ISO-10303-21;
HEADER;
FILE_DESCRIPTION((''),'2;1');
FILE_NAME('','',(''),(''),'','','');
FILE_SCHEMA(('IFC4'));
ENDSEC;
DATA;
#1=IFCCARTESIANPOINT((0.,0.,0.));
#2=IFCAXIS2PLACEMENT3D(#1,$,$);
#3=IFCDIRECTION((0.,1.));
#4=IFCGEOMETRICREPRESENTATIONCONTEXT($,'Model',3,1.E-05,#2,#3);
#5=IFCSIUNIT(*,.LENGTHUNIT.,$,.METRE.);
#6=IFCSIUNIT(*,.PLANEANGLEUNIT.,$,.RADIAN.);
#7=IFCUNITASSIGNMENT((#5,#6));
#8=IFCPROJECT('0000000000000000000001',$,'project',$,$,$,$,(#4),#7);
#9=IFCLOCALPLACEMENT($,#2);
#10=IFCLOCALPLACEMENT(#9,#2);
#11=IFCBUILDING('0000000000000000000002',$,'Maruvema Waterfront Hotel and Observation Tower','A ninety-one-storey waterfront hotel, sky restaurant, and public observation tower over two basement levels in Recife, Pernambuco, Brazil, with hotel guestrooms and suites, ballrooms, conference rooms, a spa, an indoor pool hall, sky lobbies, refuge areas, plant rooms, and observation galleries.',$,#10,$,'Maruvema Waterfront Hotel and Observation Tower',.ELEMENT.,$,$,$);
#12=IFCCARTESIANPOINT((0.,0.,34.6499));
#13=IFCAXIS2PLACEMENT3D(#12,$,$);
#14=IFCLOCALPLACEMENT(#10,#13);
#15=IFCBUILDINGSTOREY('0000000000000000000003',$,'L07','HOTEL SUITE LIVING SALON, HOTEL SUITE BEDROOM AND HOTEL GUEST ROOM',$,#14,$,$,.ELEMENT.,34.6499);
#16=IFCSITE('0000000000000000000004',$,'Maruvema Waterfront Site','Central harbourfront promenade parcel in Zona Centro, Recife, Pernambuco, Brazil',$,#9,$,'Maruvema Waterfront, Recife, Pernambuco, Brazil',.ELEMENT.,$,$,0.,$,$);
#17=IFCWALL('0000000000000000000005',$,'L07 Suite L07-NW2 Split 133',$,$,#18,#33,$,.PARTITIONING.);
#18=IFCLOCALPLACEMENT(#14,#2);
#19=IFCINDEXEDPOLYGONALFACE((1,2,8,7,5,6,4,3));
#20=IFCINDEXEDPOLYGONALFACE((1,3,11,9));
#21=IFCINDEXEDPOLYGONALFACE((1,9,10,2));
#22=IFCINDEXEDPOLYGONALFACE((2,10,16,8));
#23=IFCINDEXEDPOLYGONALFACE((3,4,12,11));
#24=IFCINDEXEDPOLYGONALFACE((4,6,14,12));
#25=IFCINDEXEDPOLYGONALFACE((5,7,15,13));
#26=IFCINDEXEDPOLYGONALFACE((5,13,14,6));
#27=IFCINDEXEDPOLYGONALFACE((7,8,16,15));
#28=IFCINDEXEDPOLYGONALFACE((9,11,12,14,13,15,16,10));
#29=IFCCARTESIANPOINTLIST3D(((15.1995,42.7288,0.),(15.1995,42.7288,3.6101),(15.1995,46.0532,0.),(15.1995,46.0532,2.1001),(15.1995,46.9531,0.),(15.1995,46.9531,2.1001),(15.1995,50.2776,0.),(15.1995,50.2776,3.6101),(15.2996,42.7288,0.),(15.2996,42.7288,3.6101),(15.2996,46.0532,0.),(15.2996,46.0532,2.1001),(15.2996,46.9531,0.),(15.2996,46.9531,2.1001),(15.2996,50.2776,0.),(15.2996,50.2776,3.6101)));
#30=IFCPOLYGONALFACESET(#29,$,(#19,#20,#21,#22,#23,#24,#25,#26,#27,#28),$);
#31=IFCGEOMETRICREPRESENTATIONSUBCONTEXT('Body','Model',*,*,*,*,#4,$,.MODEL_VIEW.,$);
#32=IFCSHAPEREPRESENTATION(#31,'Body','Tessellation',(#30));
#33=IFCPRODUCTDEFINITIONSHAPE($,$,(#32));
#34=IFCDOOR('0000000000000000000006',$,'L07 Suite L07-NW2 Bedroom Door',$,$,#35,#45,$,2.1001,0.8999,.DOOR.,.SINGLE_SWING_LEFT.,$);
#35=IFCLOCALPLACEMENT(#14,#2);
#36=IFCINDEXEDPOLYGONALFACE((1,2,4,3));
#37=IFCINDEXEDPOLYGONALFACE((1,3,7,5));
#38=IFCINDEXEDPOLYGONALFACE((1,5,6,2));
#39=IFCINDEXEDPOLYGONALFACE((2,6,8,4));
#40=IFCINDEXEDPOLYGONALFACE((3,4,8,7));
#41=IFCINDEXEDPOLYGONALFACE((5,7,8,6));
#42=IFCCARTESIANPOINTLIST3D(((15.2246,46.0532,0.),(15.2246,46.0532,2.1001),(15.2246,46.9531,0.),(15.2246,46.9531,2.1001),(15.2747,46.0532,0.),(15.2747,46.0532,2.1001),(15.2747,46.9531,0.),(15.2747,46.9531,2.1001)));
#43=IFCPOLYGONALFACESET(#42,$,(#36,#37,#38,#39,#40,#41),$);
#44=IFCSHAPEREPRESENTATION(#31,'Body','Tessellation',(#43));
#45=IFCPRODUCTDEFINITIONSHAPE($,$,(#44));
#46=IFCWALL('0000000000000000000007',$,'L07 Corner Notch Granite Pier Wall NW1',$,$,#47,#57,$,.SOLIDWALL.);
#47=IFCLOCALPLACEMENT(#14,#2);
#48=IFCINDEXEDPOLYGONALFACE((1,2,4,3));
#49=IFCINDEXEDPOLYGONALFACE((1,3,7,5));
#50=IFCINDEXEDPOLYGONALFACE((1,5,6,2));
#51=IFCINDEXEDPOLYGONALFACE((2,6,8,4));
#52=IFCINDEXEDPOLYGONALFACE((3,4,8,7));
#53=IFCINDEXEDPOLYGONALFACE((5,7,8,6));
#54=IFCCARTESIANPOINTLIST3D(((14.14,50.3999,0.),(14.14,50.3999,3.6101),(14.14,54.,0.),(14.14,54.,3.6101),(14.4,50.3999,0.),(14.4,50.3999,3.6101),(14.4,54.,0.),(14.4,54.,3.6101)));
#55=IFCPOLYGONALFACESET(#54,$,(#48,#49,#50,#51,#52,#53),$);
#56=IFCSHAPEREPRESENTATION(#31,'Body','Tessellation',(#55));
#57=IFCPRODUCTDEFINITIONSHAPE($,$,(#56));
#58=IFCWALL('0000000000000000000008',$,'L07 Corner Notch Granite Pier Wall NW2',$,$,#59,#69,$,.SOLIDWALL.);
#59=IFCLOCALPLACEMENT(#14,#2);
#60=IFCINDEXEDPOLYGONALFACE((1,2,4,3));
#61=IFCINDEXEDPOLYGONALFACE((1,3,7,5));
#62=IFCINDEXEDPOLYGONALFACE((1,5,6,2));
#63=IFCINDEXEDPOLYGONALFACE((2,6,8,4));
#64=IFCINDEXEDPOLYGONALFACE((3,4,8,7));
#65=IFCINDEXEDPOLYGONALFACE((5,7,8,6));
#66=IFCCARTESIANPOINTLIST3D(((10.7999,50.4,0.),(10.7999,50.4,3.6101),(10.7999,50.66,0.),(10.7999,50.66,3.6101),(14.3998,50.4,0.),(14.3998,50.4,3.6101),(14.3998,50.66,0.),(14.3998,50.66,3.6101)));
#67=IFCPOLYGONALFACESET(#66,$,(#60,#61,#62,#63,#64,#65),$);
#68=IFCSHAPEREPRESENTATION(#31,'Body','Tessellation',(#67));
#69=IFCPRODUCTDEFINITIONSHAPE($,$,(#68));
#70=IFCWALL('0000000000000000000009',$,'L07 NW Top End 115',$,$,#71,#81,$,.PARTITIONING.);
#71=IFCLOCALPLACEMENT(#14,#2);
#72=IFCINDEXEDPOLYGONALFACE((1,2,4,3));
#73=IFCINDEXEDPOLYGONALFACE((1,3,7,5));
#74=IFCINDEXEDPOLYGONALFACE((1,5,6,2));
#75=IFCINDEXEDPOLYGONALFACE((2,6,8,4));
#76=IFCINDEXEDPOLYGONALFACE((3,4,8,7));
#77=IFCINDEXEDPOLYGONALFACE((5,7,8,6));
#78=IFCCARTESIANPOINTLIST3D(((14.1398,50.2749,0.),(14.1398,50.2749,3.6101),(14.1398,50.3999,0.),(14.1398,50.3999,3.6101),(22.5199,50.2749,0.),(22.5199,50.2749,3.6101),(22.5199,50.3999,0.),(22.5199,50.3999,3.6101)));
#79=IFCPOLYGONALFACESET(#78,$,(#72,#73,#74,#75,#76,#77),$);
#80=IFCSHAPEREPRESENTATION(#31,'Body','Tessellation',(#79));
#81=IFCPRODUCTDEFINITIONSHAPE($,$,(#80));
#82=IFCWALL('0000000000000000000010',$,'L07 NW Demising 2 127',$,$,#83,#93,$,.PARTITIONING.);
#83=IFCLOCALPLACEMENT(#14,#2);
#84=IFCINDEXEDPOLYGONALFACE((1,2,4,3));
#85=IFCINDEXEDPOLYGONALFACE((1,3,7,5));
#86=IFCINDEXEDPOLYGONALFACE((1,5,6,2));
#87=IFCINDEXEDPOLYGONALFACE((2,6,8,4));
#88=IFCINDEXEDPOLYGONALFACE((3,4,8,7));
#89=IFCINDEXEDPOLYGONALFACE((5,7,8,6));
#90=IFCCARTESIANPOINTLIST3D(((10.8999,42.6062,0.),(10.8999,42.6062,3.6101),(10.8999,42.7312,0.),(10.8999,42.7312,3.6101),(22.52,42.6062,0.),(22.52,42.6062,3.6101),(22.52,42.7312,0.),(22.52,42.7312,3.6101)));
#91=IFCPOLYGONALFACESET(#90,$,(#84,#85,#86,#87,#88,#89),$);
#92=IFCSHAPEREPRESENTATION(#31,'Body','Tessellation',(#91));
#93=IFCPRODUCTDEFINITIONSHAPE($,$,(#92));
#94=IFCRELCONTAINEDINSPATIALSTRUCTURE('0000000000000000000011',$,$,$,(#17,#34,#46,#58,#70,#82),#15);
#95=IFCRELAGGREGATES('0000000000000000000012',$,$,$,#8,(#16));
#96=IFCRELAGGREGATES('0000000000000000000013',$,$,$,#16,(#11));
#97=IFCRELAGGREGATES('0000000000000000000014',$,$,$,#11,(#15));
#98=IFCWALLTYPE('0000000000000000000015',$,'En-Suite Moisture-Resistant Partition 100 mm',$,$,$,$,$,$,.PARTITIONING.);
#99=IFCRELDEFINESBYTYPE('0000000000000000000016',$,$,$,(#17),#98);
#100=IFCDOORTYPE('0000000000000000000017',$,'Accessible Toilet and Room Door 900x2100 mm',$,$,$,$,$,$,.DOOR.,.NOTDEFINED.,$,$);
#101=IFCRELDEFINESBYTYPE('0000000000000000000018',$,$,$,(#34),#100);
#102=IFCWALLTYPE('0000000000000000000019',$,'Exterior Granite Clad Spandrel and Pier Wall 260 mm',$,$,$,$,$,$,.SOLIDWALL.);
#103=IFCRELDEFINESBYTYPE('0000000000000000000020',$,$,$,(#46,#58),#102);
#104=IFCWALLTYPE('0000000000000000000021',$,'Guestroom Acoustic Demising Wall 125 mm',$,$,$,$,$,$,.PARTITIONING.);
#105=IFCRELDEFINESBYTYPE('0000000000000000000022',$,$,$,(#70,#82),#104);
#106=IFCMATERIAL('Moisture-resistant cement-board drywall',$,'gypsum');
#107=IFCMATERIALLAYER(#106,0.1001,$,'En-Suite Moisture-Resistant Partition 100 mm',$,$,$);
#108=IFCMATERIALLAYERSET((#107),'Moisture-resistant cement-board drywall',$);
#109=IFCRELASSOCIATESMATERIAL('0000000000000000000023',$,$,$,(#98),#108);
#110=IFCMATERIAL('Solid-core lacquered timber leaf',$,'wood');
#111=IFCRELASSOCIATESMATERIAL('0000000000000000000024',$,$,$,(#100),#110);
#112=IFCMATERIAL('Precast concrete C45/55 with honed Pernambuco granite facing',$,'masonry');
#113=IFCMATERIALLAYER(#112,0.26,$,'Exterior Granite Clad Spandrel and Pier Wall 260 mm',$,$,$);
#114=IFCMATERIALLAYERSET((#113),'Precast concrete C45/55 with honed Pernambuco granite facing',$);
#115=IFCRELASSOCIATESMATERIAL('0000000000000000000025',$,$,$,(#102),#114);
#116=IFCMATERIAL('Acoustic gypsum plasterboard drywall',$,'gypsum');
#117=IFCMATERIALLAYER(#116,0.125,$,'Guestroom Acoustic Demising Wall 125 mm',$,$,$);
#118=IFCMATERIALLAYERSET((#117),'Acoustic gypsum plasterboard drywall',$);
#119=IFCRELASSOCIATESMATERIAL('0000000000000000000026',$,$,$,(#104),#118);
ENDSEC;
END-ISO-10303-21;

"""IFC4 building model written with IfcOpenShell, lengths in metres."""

from ifc_helpers import new_model, si_unit, direction, frame, frame_2d, origin, place, context, subcontext, project, spatial, rectangle, extrude, material, layer, layer_set, type_object, element, fill, save


model = new_model("IFC4")

# Units and contexts
model_context = context("Model", 3, precision=1e-05, world=origin(), true_north=direction((0.0, 1.0)))
body_context = subcontext(model_context, "Body", "Model", "MODEL_VIEW")
ifc_project = project(units=[si_unit("LENGTHUNIT", "METRE"), si_unit("PLANEANGLEUNIT", "RADIAN")], contexts=[model_context])

# Site, building, storey
site_placement = place(None, origin())
site = spatial("IfcSite", under=ifc_project, at=site_placement, Name="Maruvema Waterfront Site", Description="Central harbourfront promenade parcel in Zona Centro, Recife, Pernambuco, Brazil", LongName="Maruvema Waterfront, Recife, Pernambuco, Brazil", CompositionType="ELEMENT", RefElevation=0.0)
building_placement = place(site_placement, origin())
building = spatial("IfcBuilding", under=site, at=building_placement, Name="Maruvema Waterfront Hotel and Observation Tower", Description="A ninety-one-storey waterfront hotel, sky restaurant, and public observation tower over two basement levels in Recife, Pernambuco, Brazil, with hotel guestrooms and suites, ballrooms, conference rooms, a spa, an indoor pool hall, sky lobbies, refuge areas, plant rooms, and observation galleries.", LongName="Maruvema Waterfront Hotel and Observation Tower", CompositionType="ELEMENT")
storey_placement = place(building_placement, frame((0.0, 0.0, 34.6499)))
storey = spatial("IfcBuildingStorey", under=building, at=storey_placement, Name="L07", Description="HOTEL SUITE LIVING SALON, HOTEL SUITE BEDROOM AND HOTEL GUEST ROOM", CompositionType="ELEMENT", Elevation=34.6499)

# Shared definitions
ifc_material_1 = material(Name="Moisture-resistant cement-board drywall", Category="gypsum")
ifc_layer_1 = layer(ifc_material_1, 0.1001, Name="En-Suite Moisture-Resistant Partition 100 mm")
ifc_layer_set_1 = layer_set([ifc_layer_1], Name="Moisture-resistant cement-board drywall")
wall_type_1 = type_object("IfcWallType", Name="En-Suite Moisture-Resistant Partition 100 mm", PredefinedType="PARTITIONING", material=ifc_layer_set_1)

# Wall, opening, door
wall_1_placement = place(storey_placement, frame((15.2495, 42.7288, 0.0), z_axis=(0.0, 0.0, 1.0), x_axis=(0.0, 1.0, 0.0)))
wall_1 = element("IfcWall", 1, at=wall_1_placement, inside=storey, type_object=wall_type_1, Name="L07 Suite L07-NW2 Split 133", PredefinedType="PARTITIONING", context=body_context, shape_type="SweptSolid", body=[
    extrude(rectangle(XDim=7.5488, YDim=0.1001, at=frame_2d((3.7744, 0.0))), origin(), (0.0, 0.0, 1.0), 3.6101),
])
opening_1_placement = place(wall_1_placement, frame((3.3245, 0.0, 0.0)))
opening_1 = element("IfcOpeningElement", 2, at=opening_1_placement, cuts=wall_1, PredefinedType="OPENING", context=body_context, shape_type="SweptSolid", body=[
    extrude(rectangle(XDim=0.8999, YDim=2.1001, at=frame_2d((0.45, 1.05))), frame((0.0, 0.0601, 0.0), z_axis=(0.0, -1.0, 0.0), x_axis=(1.0, 0.0, 0.0)), (0.0, 0.0, 1.0), 0.1201),
])
ifc_material_2 = material(Name="Solid-core lacquered timber leaf", Category="wood")
door_type_1 = type_object("IfcDoorType", Name="Accessible Toilet and Room Door 900x2100 mm", OperationType="NOTDEFINED", PredefinedType="DOOR", material=ifc_material_2)
door_1_placement = place(opening_1_placement, origin())
door_1 = element("IfcDoor", 3, at=door_1_placement, inside=storey, type_object=door_type_1, Name="L07 Suite L07-NW2 Bedroom Door", OperationType="SINGLE_SWING_LEFT", OverallHeight=2.1001, OverallWidth=0.8999, PredefinedType="DOOR", context=body_context, shape_type="SweptSolid", body=[
    extrude(rectangle(XDim=0.8999, YDim=2.1001, at=frame_2d((0.45, 1.05))), frame((0.0, 0.0249, 0.0), z_axis=(0.0, -1.0, 0.0), x_axis=(1.0, 0.0, 0.0)), (0.0, 0.0, 1.0), 0.05),
])
fill(opening_1, door_1)

# Walls
ifc_material_3 = material(Name="Precast concrete C45/55 with honed Pernambuco granite facing", Category="masonry")
ifc_layer_2 = layer(ifc_material_3, 0.26, Name="Exterior Granite Clad Spandrel and Pier Wall 260 mm")
ifc_layer_set_2 = layer_set([ifc_layer_2], Name="Precast concrete C45/55 with honed Pernambuco granite facing")
wall_type_2 = type_object("IfcWallType", Name="Exterior Granite Clad Spandrel and Pier Wall 260 mm", PredefinedType="SOLIDWALL", material=ifc_layer_set_2)
wall_2_placement = place(storey_placement, frame((14.27, 50.3999, 0.0), z_axis=(0.0, 0.0, 1.0), x_axis=(0.0, 1.0, 0.0)))
element("IfcWall", 4, at=wall_2_placement, inside=storey, type_object=wall_type_2, Name="L07 Corner Notch Granite Pier Wall NW1", PredefinedType="SOLIDWALL", context=body_context, shape_type="SweptSolid", body=[
    extrude(rectangle(XDim=3.6001, YDim=0.26, at=frame_2d((1.8, 0.0))), origin(), (0.0, 0.0, 1.0), 3.6101),
])
wall_3_placement = place(storey_placement, frame((10.8, 50.53, 0.0), z_axis=(0.0, 0.0, 1.0), x_axis=(1.0, 0.0, 0.0)))
element("IfcWall", 5, at=wall_3_placement, inside=storey, type_object=wall_type_2, Name="L07 Corner Notch Granite Pier Wall NW2", PredefinedType="SOLIDWALL", context=body_context, shape_type="SweptSolid", body=[
    extrude(rectangle(XDim=3.5999, YDim=0.26, at=frame_2d((1.7998, 0.0))), origin(), (0.0, 0.0, 1.0), 3.6101),
])
ifc_material_4 = material(Name="Acoustic gypsum plasterboard drywall", Category="gypsum")
ifc_layer_3 = layer(ifc_material_4, 0.125, Name="Guestroom Acoustic Demising Wall 125 mm")
ifc_layer_set_3 = layer_set([ifc_layer_3], Name="Acoustic gypsum plasterboard drywall")
wall_type_3 = type_object("IfcWallType", Name="Guestroom Acoustic Demising Wall 125 mm", PredefinedType="PARTITIONING", material=ifc_layer_set_3)
wall_4_placement = place(storey_placement, frame((14.1399, 50.3374, 0.0), z_axis=(0.0, 0.0, 1.0), x_axis=(1.0, 0.0, 0.0)))
element("IfcWall", 6, at=wall_4_placement, inside=storey, type_object=wall_type_3, Name="L07 NW Top End 115", PredefinedType="PARTITIONING", context=body_context, shape_type="SweptSolid", body=[
    extrude(rectangle(XDim=8.3801, YDim=0.125, at=frame_2d((4.1899, 0.0))), origin(), (0.0, 0.0, 1.0), 3.6101),
])
wall_5_placement = place(storey_placement, frame((10.8999, 42.6687, 0.0), z_axis=(0.0, 0.0, 1.0), x_axis=(1.0, 0.0, 0.0)))
element("IfcWall", 7, at=wall_5_placement, inside=storey, type_object=wall_type_3, Name="L07 NW Demising 2 127", PredefinedType="PARTITIONING", context=body_context, shape_type="SweptSolid", body=[
    extrude(rectangle(XDim=11.6201, YDim=0.125, at=frame_2d((5.8101, 0.0))), origin(), (0.0, 0.0, 1.0), 3.6101),
])

save(model, "model.ifc")
